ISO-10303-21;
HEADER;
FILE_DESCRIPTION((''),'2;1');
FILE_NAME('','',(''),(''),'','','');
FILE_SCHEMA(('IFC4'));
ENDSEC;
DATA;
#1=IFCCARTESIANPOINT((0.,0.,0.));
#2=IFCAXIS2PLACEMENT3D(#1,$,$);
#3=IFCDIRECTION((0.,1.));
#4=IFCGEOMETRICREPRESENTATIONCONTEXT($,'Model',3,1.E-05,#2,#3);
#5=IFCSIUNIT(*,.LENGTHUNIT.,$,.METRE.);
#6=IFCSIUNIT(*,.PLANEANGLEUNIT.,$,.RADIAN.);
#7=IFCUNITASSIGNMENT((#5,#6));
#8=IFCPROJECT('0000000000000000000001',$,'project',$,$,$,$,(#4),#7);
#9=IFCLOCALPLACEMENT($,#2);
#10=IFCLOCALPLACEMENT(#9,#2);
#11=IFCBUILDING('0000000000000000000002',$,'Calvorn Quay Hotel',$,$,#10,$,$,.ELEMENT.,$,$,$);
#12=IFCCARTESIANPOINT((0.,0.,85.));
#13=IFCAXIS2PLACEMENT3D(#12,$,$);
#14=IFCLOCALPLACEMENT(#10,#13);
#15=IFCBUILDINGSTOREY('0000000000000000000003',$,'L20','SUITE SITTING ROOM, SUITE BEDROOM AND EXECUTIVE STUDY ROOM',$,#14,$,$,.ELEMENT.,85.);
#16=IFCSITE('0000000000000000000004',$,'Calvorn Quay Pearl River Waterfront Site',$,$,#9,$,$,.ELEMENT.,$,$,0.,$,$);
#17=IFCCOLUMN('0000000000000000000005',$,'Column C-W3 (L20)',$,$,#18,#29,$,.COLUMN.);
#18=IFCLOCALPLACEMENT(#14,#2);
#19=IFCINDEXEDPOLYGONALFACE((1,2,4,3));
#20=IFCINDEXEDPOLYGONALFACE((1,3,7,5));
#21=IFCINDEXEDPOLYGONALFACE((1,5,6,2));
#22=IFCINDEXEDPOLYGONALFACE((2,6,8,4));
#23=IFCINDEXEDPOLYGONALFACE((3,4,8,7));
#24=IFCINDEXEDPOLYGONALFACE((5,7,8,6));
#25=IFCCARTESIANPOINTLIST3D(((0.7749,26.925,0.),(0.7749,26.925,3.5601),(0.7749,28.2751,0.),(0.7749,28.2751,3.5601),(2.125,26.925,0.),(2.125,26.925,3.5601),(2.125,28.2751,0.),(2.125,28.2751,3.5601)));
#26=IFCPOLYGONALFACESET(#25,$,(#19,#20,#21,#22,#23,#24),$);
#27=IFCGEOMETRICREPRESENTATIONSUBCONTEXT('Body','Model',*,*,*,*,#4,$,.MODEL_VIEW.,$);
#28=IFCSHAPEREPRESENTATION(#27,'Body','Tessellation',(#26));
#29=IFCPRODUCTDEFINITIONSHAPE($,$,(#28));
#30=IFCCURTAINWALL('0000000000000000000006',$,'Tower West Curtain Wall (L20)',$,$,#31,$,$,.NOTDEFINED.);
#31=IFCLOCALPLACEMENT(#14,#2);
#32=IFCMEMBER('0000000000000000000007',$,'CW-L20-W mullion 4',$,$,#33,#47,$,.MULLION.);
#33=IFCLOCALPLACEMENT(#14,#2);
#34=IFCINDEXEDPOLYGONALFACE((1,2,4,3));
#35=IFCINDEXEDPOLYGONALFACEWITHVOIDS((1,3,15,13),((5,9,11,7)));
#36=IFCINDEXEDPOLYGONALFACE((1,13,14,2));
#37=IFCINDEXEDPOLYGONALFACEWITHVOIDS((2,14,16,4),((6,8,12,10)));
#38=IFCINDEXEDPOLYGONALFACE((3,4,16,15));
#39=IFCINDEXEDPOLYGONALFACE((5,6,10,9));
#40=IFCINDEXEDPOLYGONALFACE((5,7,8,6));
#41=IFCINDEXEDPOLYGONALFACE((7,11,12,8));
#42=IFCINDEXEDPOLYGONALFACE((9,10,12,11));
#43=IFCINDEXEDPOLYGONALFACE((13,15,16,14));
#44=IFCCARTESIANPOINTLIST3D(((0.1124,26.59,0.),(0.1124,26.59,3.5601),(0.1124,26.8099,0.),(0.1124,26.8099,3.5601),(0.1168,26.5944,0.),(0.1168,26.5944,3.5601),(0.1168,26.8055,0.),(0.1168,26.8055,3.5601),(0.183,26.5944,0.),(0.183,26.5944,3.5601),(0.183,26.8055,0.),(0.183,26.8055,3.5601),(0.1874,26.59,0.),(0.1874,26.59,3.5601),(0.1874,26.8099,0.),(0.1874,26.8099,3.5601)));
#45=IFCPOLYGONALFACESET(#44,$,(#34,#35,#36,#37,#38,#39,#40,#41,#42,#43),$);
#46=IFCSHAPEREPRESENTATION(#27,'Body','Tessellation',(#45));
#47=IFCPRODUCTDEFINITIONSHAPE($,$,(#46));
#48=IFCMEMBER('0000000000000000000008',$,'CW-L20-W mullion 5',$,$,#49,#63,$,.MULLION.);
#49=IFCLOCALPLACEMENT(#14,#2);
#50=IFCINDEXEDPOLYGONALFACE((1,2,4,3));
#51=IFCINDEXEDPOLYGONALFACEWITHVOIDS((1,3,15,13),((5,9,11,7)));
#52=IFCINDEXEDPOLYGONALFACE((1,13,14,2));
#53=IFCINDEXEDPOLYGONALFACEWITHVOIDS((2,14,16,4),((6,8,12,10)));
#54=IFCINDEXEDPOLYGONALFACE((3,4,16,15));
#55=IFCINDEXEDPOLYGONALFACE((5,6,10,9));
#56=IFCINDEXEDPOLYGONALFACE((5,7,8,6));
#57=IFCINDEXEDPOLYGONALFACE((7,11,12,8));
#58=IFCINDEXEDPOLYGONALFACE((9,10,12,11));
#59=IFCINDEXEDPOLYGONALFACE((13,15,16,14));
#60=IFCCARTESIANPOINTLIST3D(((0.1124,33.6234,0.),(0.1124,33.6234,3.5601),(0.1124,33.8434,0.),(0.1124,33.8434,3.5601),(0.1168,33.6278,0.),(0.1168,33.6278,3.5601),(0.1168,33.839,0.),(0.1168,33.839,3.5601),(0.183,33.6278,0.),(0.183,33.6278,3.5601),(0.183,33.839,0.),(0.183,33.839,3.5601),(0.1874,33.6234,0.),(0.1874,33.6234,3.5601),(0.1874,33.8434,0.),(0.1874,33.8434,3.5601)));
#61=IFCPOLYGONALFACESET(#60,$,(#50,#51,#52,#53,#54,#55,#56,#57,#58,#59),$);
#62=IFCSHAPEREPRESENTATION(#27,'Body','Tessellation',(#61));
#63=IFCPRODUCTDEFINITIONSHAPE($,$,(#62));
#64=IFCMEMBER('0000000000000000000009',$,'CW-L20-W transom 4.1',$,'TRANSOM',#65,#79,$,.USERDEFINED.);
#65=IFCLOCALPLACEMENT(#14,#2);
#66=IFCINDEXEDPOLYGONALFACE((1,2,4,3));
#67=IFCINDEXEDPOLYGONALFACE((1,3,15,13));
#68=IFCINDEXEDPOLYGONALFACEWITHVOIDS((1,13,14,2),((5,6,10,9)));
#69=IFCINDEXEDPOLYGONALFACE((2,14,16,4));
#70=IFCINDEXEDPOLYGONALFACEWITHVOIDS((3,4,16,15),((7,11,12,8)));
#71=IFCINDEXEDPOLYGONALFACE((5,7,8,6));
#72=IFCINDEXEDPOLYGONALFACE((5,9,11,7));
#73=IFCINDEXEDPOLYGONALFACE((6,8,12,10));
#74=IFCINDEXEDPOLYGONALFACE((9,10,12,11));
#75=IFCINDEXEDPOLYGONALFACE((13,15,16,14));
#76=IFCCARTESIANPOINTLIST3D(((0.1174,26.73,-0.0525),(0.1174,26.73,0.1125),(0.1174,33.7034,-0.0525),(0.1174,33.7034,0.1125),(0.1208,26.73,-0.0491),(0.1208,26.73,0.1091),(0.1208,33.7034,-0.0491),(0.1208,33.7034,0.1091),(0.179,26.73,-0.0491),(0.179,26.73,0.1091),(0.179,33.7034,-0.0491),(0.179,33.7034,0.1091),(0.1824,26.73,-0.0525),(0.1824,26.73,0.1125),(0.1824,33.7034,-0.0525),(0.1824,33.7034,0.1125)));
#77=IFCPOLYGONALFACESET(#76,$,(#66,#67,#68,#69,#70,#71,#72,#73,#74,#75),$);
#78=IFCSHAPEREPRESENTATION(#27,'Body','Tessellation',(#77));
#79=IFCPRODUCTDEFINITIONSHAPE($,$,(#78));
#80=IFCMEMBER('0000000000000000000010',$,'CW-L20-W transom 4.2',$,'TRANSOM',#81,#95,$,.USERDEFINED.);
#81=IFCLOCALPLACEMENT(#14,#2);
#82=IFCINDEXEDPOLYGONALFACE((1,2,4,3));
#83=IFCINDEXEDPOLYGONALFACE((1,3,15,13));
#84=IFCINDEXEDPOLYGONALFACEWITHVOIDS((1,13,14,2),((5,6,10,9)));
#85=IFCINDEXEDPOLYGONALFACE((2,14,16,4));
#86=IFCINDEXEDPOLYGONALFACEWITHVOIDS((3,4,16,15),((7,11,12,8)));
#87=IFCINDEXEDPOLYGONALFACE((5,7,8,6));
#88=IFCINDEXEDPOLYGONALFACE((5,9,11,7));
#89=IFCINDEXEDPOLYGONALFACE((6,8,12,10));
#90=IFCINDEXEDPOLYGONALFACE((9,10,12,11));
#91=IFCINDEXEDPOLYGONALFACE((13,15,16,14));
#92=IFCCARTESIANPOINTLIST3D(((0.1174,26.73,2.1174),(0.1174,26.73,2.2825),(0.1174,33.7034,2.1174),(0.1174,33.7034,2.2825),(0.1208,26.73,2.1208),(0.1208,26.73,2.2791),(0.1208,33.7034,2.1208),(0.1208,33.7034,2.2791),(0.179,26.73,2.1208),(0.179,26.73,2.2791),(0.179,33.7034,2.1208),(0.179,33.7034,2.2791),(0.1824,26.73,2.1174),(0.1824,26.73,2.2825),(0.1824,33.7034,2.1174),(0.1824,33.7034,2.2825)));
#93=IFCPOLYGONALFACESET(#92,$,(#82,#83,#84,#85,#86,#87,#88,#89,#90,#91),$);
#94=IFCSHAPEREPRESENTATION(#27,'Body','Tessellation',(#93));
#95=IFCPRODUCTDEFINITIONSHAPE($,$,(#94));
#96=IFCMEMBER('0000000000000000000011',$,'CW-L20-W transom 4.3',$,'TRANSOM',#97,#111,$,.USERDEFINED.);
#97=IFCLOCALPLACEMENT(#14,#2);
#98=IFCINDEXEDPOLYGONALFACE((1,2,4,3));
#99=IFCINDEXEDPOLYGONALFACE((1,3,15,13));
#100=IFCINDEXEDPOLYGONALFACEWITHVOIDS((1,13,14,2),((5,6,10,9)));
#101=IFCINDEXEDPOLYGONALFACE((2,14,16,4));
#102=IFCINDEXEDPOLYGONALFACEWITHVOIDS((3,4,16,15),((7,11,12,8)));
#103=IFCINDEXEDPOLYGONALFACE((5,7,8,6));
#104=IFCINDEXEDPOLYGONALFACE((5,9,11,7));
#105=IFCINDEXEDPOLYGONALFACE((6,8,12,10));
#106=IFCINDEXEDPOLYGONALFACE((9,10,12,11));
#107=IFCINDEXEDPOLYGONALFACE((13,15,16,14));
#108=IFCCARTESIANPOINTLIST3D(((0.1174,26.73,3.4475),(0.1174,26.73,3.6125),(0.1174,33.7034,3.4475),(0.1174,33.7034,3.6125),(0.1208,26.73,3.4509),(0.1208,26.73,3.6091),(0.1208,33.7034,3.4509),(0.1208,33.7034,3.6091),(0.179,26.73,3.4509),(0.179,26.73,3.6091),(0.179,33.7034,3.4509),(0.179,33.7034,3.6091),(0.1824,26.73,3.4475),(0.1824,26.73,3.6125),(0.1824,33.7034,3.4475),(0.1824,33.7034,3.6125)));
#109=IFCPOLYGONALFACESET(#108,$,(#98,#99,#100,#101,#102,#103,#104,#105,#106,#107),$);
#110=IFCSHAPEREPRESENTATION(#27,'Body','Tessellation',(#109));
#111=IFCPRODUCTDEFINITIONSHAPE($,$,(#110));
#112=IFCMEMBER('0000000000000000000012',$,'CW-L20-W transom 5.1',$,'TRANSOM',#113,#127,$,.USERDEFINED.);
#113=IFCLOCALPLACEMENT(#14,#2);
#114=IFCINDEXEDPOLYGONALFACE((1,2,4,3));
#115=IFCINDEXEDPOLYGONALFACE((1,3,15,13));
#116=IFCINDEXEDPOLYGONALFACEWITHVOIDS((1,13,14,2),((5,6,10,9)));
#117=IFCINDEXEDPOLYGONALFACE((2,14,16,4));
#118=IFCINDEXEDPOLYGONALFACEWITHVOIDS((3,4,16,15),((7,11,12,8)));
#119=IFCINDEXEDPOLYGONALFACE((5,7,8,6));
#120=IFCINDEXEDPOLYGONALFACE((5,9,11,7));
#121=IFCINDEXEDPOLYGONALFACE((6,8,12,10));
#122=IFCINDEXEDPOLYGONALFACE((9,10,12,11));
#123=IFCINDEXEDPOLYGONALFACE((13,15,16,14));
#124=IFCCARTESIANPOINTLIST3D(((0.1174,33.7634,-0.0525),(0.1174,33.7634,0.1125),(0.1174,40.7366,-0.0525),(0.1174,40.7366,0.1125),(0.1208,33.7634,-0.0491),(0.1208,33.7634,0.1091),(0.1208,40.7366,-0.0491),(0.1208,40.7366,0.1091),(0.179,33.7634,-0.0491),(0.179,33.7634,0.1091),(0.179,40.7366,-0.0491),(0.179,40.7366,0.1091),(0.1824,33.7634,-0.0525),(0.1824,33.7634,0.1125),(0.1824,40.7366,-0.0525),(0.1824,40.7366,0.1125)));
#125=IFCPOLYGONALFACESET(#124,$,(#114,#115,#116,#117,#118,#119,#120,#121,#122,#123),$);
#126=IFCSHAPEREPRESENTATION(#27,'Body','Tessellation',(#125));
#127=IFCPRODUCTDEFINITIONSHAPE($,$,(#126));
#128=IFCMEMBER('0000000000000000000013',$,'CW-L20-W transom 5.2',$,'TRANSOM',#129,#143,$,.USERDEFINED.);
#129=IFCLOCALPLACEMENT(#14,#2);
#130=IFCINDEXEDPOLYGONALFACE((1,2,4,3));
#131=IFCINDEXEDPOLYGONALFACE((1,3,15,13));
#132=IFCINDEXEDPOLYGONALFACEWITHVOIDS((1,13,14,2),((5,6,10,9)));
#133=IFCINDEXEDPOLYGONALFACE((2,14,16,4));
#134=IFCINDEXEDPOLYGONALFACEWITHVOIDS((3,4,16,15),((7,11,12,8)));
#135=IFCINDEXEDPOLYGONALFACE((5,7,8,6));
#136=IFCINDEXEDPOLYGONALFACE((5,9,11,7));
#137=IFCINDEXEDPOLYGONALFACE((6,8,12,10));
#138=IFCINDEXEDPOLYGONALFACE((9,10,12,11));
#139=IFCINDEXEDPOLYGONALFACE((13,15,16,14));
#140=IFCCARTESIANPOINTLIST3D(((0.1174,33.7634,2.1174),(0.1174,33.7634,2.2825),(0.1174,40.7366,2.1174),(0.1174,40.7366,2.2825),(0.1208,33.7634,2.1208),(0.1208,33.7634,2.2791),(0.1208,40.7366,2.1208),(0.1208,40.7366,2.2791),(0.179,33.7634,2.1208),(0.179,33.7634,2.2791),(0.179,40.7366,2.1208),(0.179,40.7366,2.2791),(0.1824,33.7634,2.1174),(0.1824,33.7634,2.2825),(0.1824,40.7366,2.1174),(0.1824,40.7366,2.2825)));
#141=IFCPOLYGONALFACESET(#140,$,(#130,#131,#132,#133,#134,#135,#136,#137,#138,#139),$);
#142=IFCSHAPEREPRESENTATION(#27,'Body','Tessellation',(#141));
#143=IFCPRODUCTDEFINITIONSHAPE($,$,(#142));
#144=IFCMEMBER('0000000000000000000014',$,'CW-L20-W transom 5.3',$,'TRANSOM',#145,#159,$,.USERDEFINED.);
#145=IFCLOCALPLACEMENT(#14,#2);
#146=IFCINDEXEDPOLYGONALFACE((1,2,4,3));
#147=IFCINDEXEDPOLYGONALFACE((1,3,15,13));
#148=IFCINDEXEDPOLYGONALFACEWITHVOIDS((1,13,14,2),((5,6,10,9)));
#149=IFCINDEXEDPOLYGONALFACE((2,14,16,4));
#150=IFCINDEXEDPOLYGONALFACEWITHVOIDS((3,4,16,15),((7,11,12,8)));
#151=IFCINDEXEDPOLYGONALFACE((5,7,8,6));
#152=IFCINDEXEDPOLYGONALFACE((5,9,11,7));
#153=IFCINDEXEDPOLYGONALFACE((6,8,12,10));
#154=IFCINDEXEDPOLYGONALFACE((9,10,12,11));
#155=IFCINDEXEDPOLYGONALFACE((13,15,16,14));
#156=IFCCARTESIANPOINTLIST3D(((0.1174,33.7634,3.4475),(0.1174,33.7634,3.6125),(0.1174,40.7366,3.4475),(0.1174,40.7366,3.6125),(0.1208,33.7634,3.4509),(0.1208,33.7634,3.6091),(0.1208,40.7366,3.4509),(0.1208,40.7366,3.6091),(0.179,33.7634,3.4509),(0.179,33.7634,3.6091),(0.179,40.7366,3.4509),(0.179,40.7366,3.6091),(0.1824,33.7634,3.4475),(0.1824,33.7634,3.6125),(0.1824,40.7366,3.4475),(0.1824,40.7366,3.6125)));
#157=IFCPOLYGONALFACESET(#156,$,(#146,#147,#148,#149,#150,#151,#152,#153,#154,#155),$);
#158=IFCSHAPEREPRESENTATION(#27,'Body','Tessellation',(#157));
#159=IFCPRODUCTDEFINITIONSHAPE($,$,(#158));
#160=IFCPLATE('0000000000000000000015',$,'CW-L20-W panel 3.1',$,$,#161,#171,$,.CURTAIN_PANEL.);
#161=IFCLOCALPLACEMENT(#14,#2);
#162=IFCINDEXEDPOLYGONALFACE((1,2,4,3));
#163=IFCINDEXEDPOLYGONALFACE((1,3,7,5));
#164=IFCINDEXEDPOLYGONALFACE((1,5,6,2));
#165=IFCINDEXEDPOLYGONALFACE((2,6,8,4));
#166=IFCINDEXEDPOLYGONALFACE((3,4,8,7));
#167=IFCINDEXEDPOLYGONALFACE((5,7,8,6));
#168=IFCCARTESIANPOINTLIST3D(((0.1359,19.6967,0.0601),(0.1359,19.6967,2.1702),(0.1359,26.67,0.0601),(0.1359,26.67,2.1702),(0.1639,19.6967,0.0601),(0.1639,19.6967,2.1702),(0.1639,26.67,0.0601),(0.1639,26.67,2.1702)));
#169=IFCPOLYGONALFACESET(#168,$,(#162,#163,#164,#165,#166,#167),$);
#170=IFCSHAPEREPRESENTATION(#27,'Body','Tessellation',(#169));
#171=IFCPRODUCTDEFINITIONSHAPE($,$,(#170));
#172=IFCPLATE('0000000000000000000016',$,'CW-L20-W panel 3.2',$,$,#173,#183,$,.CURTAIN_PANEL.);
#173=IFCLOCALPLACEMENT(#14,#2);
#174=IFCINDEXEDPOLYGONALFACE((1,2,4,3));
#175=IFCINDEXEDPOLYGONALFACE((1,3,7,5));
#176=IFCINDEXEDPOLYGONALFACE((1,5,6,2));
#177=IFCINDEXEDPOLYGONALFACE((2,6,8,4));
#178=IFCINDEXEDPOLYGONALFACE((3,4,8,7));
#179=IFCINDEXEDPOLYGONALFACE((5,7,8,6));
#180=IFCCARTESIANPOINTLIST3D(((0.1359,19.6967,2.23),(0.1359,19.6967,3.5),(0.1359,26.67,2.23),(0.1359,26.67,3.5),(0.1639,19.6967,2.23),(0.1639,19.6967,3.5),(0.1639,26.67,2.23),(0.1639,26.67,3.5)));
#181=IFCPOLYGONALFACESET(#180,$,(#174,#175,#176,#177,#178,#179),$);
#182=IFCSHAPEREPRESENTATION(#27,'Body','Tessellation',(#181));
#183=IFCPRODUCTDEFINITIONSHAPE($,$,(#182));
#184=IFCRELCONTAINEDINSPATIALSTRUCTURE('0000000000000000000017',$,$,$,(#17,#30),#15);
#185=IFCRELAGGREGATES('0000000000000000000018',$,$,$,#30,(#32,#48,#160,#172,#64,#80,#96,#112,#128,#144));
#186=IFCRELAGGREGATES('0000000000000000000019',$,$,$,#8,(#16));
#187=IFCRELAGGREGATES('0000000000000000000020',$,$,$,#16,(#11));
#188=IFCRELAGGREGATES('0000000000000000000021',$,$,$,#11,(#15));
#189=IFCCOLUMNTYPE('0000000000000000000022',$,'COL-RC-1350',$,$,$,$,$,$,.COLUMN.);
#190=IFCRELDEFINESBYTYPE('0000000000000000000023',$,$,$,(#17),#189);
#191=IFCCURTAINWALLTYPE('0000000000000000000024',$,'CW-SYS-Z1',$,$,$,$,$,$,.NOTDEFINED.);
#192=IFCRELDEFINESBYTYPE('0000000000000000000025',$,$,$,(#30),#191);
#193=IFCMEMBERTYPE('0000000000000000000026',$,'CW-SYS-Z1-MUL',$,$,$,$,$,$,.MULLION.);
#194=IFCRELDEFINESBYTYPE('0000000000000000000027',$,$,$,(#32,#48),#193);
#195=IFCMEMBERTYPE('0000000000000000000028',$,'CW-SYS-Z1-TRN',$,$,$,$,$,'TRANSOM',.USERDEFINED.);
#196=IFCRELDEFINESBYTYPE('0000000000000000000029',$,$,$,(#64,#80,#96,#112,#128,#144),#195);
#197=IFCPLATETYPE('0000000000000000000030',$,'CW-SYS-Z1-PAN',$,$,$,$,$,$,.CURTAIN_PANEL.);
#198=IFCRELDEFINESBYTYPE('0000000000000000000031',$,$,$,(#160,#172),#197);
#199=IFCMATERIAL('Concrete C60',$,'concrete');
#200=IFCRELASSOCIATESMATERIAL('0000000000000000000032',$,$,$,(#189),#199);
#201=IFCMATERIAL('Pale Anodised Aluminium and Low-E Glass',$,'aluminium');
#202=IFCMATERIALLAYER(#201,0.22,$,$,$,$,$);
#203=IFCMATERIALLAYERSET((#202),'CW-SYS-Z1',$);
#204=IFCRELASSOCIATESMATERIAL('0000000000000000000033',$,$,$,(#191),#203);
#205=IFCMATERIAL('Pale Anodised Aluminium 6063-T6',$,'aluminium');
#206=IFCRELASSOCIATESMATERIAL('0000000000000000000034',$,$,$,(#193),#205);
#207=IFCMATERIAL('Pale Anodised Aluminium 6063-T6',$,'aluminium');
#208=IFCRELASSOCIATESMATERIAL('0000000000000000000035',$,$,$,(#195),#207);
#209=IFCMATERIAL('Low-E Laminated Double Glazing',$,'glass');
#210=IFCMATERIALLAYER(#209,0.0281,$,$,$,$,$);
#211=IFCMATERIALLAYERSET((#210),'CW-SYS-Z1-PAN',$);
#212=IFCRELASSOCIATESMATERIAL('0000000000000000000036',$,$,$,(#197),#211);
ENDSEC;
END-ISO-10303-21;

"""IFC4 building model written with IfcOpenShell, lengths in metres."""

from ifc_helpers import new_model, si_unit, direction, frame, origin, origin_2d, place, context, subcontext, project, spatial, rectangle, hollow_rectangle, extrude, material, layer, layer_set, material_profile, profile_set, type_object, element, aggregate, save


model = new_model("IFC4")

# Units and contexts
model_context = context("Model", 3, precision=1e-05, world=origin(), true_north=direction((0.0, 1.0)))
body_context = subcontext(model_context, "Body", "Model", "MODEL_VIEW")
ifc_project = project(units=[si_unit("LENGTHUNIT", "METRE"), si_unit("PLANEANGLEUNIT", "RADIAN")], contexts=[model_context])

# Site, building, storey
site_placement = place(None, origin())
site = spatial("IfcSite", under=ifc_project, at=site_placement, Name="Calvorn Quay Pearl River Waterfront Site", CompositionType="ELEMENT", RefElevation=0.0)
building_placement = place(site_placement, origin())
building = spatial("IfcBuilding", under=site, at=building_placement, Name="Calvorn Quay Hotel", CompositionType="ELEMENT")
storey_placement = place(building_placement, frame((0.0, 0.0, 85.0)))
storey = spatial("IfcBuildingStorey", under=building, at=storey_placement, Name="L20", Description="SUITE SITTING ROOM, SUITE BEDROOM AND EXECUTIVE STUDY ROOM", CompositionType="ELEMENT", Elevation=85.0)

# Column
ifc_material_1 = material(Name="Concrete C60", Category="concrete")
ifc_material_profile_1 = material_profile(ifc_material_1, rectangle(XDim=1.3501, YDim=1.3501, at=origin_2d()), Name="RC1350x1350")
ifc_profile_set_1 = profile_set([ifc_material_profile_1], Name="Concrete C60")
column_type = type_object("IfcColumnType", Name="COL-RC-1350", PredefinedType="COLUMN", material=ifc_profile_set_1)
column_placement = place(storey_placement, frame((1.45, 27.6001, 0.0), z_axis=(0.0, 0.0, 1.0), x_axis=(1.0, 0.0, 0.0)))
element("IfcColumn", 1, at=column_placement, inside=storey, type_object=column_type, Name="Column C-W3 (L20)", PredefinedType="COLUMN", context=body_context, shape_type="SweptSolid", body=[
    extrude(rectangle(XDim=1.3501, YDim=1.3501, at=origin_2d()), origin(), (0.0, 0.0, 1.0), 3.5601),
])

# Curtain wall, members, plates
ifc_material_2 = material(Name="Pale Anodised Aluminium and Low-E Glass", Category="aluminium")
ifc_layer_1 = layer(ifc_material_2, 0.22)
ifc_layer_set_1 = layer_set([ifc_layer_1], Name="CW-SYS-Z1")
curtain_wall_type = type_object("IfcCurtainWallType", Name="CW-SYS-Z1", PredefinedType="NOTDEFINED", material=ifc_layer_set_1)
curtain_wall_placement = place(storey_placement, origin())
curtain_wall = element("IfcCurtainWall", 2, at=curtain_wall_placement, inside=storey, type_object=curtain_wall_type, Name="Tower West Curtain Wall (L20)", PredefinedType="NOTDEFINED")
ifc_material_3 = material(Name="Pale Anodised Aluminium 6063-T6", Category="aluminium")
ifc_material_profile_2 = material_profile(ifc_material_3, hollow_rectangle(XDim=0.075, YDim=0.22, WallThickness=0.0044, at=origin_2d()), Name="ALU-M220x75x4.5")
ifc_profile_set_2 = profile_set([ifc_material_profile_2], Name="Pale Anodised Aluminium 6063-T6")
member_type_1 = type_object("IfcMemberType", Name="CW-SYS-Z1-MUL", PredefinedType="MULLION", material=ifc_profile_set_2)
member_1_placement = place(storey_placement, frame((0.1499, 26.7, 0.0), z_axis=(0.0, 0.0, 1.0), x_axis=(-1.0, 0.0, 0.0)))
member_1 = element("IfcMember", 3, at=member_1_placement, type_object=member_type_1, Name="CW-L20-W mullion 4", PredefinedType="MULLION", context=body_context, shape_type="SweptSolid", body=[
    extrude(hollow_rectangle(XDim=0.075, YDim=0.22, WallThickness=0.0044, at=origin_2d()), origin(), (0.0, 0.0, 1.0), 3.5601),
])
member_2_placement = place(storey_placement, frame((0.1499, 33.7334, 0.0), z_axis=(0.0, 0.0, 1.0), x_axis=(-1.0, 0.0, 0.0)))
member_2 = element("IfcMember", 4, at=member_2_placement, type_object=member_type_1, Name="CW-L20-W mullion 5", PredefinedType="MULLION", context=body_context, shape_type="SweptSolid", body=[
    extrude(hollow_rectangle(XDim=0.075, YDim=0.22, WallThickness=0.0044, at=origin_2d()), origin(), (0.0, 0.0, 1.0), 3.5601),
])
ifc_material_4 = material(Name="Pale Anodised Aluminium 6063-T6", Category="aluminium")
ifc_material_profile_3 = material_profile(ifc_material_4, hollow_rectangle(XDim=0.0649, YDim=0.165, WallThickness=0.0034, at=origin_2d()), Name="ALU-T165x65x3.5")
ifc_profile_set_3 = profile_set([ifc_material_profile_3], Name="Pale Anodised Aluminium 6063-T6")
member_type_2 = type_object("IfcMemberType", Name="CW-SYS-Z1-TRN", ElementType="TRANSOM", PredefinedType="USERDEFINED", material=ifc_profile_set_3)
member_3_placement = place(storey_placement, frame((0.1499, 26.73, 0.03), z_axis=(0.0, 1.0, 0.0), x_axis=(-1.0, 0.0, 0.0)))
member_3 = element("IfcMember", 5, at=member_3_placement, type_object=member_type_2, Name="CW-L20-W transom 4.1", ObjectType="TRANSOM", PredefinedType="USERDEFINED", context=body_context, shape_type="SweptSolid", body=[
    extrude(hollow_rectangle(XDim=0.0649, YDim=0.165, WallThickness=0.0034, at=origin_2d()), origin(), (0.0, 0.0, 1.0), 6.9734),
])
member_4_placement = place(storey_placement, frame((0.1499, 26.73, 2.2), z_axis=(0.0, 1.0, 0.0), x_axis=(-1.0, 0.0, 0.0)))
member_4 = element("IfcMember", 6, at=member_4_placement, type_object=member_type_2, Name="CW-L20-W transom 4.2", ObjectType="TRANSOM", PredefinedType="USERDEFINED", context=body_context, shape_type="SweptSolid", body=[
    extrude(hollow_rectangle(XDim=0.0649, YDim=0.165, WallThickness=0.0034, at=origin_2d()), origin(), (0.0, 0.0, 1.0), 6.9734),
])
member_5_placement = place(storey_placement, frame((0.1499, 26.73, 3.53), z_axis=(0.0, 1.0, 0.0), x_axis=(-1.0, 0.0, 0.0)))
member_5 = element("IfcMember", 7, at=member_5_placement, type_object=member_type_2, Name="CW-L20-W transom 4.3", ObjectType="TRANSOM", PredefinedType="USERDEFINED", context=body_context, shape_type="SweptSolid", body=[
    extrude(hollow_rectangle(XDim=0.0649, YDim=0.165, WallThickness=0.0034, at=origin_2d()), origin(), (0.0, 0.0, 1.0), 6.9734),
])
member_6_placement = place(storey_placement, frame((0.1499, 33.7634, 0.03), z_axis=(0.0, 1.0, 0.0), x_axis=(-1.0, 0.0, 0.0)))
member_6 = element("IfcMember", 8, at=member_6_placement, type_object=member_type_2, Name="CW-L20-W transom 5.1", ObjectType="TRANSOM", PredefinedType="USERDEFINED", context=body_context, shape_type="SweptSolid", body=[
    extrude(hollow_rectangle(XDim=0.0649, YDim=0.165, WallThickness=0.0034, at=origin_2d()), origin(), (0.0, 0.0, 1.0), 6.9731),
])
member_7_placement = place(storey_placement, frame((0.1499, 33.7634, 2.2), z_axis=(0.0, 1.0, 0.0), x_axis=(-1.0, 0.0, 0.0)))
member_7 = element("IfcMember", 9, at=member_7_placement, type_object=member_type_2, Name="CW-L20-W transom 5.2", ObjectType="TRANSOM", PredefinedType="USERDEFINED", context=body_context, shape_type="SweptSolid", body=[
    extrude(hollow_rectangle(XDim=0.0649, YDim=0.165, WallThickness=0.0034, at=origin_2d()), origin(), (0.0, 0.0, 1.0), 6.9731),
])
member_8_placement = place(storey_placement, frame((0.1499, 33.7634, 3.53), z_axis=(0.0, 1.0, 0.0), x_axis=(-1.0, 0.0, 0.0)))
member_8 = element("IfcMember", 10, at=member_8_placement, type_object=member_type_2, Name="CW-L20-W transom 5.3", ObjectType="TRANSOM", PredefinedType="USERDEFINED", context=body_context, shape_type="SweptSolid", body=[
    extrude(hollow_rectangle(XDim=0.0649, YDim=0.165, WallThickness=0.0034, at=origin_2d()), origin(), (0.0, 0.0, 1.0), 6.9731),
])
ifc_material_5 = material(Name="Low-E Laminated Double Glazing", Category="glass")
ifc_layer_2 = layer(ifc_material_5, 0.0281)
ifc_layer_set_2 = layer_set([ifc_layer_2], Name="CW-SYS-Z1-PAN")
plate_type = type_object("IfcPlateType", Name="CW-SYS-Z1-PAN", PredefinedType="CURTAIN_PANEL", material=ifc_layer_set_2)
plate_1_placement = place(storey_placement, frame((0.1499, 23.1833, 0.0601), z_axis=(0.0, 0.0, 1.0), x_axis=(0.0, 1.0, 0.0)))
plate_1 = element("IfcPlate", 11, at=plate_1_placement, type_object=plate_type, Name="CW-L20-W panel 3.1", PredefinedType="CURTAIN_PANEL", context=body_context, shape_type="SweptSolid", body=[
    extrude(rectangle(XDim=6.9734, YDim=0.0281, at=origin_2d()), origin(), (0.0, 0.0, 1.0), 2.1101),
])
plate_2_placement = place(storey_placement, frame((0.1499, 23.1833, 2.23), z_axis=(0.0, 0.0, 1.0), x_axis=(0.0, 1.0, 0.0)))
plate_2 = element("IfcPlate", 12, at=plate_2_placement, type_object=plate_type, Name="CW-L20-W panel 3.2", PredefinedType="CURTAIN_PANEL", context=body_context, shape_type="SweptSolid", body=[
    extrude(rectangle(XDim=6.9734, YDim=0.0281, at=origin_2d()), origin(), (0.0, 0.0, 1.0), 1.27),
])
aggregate(curtain_wall, [member_1, member_2, plate_1, plate_2, member_3, member_4, member_5, member_6, member_7, member_8])

save(model, "model.ifc")
